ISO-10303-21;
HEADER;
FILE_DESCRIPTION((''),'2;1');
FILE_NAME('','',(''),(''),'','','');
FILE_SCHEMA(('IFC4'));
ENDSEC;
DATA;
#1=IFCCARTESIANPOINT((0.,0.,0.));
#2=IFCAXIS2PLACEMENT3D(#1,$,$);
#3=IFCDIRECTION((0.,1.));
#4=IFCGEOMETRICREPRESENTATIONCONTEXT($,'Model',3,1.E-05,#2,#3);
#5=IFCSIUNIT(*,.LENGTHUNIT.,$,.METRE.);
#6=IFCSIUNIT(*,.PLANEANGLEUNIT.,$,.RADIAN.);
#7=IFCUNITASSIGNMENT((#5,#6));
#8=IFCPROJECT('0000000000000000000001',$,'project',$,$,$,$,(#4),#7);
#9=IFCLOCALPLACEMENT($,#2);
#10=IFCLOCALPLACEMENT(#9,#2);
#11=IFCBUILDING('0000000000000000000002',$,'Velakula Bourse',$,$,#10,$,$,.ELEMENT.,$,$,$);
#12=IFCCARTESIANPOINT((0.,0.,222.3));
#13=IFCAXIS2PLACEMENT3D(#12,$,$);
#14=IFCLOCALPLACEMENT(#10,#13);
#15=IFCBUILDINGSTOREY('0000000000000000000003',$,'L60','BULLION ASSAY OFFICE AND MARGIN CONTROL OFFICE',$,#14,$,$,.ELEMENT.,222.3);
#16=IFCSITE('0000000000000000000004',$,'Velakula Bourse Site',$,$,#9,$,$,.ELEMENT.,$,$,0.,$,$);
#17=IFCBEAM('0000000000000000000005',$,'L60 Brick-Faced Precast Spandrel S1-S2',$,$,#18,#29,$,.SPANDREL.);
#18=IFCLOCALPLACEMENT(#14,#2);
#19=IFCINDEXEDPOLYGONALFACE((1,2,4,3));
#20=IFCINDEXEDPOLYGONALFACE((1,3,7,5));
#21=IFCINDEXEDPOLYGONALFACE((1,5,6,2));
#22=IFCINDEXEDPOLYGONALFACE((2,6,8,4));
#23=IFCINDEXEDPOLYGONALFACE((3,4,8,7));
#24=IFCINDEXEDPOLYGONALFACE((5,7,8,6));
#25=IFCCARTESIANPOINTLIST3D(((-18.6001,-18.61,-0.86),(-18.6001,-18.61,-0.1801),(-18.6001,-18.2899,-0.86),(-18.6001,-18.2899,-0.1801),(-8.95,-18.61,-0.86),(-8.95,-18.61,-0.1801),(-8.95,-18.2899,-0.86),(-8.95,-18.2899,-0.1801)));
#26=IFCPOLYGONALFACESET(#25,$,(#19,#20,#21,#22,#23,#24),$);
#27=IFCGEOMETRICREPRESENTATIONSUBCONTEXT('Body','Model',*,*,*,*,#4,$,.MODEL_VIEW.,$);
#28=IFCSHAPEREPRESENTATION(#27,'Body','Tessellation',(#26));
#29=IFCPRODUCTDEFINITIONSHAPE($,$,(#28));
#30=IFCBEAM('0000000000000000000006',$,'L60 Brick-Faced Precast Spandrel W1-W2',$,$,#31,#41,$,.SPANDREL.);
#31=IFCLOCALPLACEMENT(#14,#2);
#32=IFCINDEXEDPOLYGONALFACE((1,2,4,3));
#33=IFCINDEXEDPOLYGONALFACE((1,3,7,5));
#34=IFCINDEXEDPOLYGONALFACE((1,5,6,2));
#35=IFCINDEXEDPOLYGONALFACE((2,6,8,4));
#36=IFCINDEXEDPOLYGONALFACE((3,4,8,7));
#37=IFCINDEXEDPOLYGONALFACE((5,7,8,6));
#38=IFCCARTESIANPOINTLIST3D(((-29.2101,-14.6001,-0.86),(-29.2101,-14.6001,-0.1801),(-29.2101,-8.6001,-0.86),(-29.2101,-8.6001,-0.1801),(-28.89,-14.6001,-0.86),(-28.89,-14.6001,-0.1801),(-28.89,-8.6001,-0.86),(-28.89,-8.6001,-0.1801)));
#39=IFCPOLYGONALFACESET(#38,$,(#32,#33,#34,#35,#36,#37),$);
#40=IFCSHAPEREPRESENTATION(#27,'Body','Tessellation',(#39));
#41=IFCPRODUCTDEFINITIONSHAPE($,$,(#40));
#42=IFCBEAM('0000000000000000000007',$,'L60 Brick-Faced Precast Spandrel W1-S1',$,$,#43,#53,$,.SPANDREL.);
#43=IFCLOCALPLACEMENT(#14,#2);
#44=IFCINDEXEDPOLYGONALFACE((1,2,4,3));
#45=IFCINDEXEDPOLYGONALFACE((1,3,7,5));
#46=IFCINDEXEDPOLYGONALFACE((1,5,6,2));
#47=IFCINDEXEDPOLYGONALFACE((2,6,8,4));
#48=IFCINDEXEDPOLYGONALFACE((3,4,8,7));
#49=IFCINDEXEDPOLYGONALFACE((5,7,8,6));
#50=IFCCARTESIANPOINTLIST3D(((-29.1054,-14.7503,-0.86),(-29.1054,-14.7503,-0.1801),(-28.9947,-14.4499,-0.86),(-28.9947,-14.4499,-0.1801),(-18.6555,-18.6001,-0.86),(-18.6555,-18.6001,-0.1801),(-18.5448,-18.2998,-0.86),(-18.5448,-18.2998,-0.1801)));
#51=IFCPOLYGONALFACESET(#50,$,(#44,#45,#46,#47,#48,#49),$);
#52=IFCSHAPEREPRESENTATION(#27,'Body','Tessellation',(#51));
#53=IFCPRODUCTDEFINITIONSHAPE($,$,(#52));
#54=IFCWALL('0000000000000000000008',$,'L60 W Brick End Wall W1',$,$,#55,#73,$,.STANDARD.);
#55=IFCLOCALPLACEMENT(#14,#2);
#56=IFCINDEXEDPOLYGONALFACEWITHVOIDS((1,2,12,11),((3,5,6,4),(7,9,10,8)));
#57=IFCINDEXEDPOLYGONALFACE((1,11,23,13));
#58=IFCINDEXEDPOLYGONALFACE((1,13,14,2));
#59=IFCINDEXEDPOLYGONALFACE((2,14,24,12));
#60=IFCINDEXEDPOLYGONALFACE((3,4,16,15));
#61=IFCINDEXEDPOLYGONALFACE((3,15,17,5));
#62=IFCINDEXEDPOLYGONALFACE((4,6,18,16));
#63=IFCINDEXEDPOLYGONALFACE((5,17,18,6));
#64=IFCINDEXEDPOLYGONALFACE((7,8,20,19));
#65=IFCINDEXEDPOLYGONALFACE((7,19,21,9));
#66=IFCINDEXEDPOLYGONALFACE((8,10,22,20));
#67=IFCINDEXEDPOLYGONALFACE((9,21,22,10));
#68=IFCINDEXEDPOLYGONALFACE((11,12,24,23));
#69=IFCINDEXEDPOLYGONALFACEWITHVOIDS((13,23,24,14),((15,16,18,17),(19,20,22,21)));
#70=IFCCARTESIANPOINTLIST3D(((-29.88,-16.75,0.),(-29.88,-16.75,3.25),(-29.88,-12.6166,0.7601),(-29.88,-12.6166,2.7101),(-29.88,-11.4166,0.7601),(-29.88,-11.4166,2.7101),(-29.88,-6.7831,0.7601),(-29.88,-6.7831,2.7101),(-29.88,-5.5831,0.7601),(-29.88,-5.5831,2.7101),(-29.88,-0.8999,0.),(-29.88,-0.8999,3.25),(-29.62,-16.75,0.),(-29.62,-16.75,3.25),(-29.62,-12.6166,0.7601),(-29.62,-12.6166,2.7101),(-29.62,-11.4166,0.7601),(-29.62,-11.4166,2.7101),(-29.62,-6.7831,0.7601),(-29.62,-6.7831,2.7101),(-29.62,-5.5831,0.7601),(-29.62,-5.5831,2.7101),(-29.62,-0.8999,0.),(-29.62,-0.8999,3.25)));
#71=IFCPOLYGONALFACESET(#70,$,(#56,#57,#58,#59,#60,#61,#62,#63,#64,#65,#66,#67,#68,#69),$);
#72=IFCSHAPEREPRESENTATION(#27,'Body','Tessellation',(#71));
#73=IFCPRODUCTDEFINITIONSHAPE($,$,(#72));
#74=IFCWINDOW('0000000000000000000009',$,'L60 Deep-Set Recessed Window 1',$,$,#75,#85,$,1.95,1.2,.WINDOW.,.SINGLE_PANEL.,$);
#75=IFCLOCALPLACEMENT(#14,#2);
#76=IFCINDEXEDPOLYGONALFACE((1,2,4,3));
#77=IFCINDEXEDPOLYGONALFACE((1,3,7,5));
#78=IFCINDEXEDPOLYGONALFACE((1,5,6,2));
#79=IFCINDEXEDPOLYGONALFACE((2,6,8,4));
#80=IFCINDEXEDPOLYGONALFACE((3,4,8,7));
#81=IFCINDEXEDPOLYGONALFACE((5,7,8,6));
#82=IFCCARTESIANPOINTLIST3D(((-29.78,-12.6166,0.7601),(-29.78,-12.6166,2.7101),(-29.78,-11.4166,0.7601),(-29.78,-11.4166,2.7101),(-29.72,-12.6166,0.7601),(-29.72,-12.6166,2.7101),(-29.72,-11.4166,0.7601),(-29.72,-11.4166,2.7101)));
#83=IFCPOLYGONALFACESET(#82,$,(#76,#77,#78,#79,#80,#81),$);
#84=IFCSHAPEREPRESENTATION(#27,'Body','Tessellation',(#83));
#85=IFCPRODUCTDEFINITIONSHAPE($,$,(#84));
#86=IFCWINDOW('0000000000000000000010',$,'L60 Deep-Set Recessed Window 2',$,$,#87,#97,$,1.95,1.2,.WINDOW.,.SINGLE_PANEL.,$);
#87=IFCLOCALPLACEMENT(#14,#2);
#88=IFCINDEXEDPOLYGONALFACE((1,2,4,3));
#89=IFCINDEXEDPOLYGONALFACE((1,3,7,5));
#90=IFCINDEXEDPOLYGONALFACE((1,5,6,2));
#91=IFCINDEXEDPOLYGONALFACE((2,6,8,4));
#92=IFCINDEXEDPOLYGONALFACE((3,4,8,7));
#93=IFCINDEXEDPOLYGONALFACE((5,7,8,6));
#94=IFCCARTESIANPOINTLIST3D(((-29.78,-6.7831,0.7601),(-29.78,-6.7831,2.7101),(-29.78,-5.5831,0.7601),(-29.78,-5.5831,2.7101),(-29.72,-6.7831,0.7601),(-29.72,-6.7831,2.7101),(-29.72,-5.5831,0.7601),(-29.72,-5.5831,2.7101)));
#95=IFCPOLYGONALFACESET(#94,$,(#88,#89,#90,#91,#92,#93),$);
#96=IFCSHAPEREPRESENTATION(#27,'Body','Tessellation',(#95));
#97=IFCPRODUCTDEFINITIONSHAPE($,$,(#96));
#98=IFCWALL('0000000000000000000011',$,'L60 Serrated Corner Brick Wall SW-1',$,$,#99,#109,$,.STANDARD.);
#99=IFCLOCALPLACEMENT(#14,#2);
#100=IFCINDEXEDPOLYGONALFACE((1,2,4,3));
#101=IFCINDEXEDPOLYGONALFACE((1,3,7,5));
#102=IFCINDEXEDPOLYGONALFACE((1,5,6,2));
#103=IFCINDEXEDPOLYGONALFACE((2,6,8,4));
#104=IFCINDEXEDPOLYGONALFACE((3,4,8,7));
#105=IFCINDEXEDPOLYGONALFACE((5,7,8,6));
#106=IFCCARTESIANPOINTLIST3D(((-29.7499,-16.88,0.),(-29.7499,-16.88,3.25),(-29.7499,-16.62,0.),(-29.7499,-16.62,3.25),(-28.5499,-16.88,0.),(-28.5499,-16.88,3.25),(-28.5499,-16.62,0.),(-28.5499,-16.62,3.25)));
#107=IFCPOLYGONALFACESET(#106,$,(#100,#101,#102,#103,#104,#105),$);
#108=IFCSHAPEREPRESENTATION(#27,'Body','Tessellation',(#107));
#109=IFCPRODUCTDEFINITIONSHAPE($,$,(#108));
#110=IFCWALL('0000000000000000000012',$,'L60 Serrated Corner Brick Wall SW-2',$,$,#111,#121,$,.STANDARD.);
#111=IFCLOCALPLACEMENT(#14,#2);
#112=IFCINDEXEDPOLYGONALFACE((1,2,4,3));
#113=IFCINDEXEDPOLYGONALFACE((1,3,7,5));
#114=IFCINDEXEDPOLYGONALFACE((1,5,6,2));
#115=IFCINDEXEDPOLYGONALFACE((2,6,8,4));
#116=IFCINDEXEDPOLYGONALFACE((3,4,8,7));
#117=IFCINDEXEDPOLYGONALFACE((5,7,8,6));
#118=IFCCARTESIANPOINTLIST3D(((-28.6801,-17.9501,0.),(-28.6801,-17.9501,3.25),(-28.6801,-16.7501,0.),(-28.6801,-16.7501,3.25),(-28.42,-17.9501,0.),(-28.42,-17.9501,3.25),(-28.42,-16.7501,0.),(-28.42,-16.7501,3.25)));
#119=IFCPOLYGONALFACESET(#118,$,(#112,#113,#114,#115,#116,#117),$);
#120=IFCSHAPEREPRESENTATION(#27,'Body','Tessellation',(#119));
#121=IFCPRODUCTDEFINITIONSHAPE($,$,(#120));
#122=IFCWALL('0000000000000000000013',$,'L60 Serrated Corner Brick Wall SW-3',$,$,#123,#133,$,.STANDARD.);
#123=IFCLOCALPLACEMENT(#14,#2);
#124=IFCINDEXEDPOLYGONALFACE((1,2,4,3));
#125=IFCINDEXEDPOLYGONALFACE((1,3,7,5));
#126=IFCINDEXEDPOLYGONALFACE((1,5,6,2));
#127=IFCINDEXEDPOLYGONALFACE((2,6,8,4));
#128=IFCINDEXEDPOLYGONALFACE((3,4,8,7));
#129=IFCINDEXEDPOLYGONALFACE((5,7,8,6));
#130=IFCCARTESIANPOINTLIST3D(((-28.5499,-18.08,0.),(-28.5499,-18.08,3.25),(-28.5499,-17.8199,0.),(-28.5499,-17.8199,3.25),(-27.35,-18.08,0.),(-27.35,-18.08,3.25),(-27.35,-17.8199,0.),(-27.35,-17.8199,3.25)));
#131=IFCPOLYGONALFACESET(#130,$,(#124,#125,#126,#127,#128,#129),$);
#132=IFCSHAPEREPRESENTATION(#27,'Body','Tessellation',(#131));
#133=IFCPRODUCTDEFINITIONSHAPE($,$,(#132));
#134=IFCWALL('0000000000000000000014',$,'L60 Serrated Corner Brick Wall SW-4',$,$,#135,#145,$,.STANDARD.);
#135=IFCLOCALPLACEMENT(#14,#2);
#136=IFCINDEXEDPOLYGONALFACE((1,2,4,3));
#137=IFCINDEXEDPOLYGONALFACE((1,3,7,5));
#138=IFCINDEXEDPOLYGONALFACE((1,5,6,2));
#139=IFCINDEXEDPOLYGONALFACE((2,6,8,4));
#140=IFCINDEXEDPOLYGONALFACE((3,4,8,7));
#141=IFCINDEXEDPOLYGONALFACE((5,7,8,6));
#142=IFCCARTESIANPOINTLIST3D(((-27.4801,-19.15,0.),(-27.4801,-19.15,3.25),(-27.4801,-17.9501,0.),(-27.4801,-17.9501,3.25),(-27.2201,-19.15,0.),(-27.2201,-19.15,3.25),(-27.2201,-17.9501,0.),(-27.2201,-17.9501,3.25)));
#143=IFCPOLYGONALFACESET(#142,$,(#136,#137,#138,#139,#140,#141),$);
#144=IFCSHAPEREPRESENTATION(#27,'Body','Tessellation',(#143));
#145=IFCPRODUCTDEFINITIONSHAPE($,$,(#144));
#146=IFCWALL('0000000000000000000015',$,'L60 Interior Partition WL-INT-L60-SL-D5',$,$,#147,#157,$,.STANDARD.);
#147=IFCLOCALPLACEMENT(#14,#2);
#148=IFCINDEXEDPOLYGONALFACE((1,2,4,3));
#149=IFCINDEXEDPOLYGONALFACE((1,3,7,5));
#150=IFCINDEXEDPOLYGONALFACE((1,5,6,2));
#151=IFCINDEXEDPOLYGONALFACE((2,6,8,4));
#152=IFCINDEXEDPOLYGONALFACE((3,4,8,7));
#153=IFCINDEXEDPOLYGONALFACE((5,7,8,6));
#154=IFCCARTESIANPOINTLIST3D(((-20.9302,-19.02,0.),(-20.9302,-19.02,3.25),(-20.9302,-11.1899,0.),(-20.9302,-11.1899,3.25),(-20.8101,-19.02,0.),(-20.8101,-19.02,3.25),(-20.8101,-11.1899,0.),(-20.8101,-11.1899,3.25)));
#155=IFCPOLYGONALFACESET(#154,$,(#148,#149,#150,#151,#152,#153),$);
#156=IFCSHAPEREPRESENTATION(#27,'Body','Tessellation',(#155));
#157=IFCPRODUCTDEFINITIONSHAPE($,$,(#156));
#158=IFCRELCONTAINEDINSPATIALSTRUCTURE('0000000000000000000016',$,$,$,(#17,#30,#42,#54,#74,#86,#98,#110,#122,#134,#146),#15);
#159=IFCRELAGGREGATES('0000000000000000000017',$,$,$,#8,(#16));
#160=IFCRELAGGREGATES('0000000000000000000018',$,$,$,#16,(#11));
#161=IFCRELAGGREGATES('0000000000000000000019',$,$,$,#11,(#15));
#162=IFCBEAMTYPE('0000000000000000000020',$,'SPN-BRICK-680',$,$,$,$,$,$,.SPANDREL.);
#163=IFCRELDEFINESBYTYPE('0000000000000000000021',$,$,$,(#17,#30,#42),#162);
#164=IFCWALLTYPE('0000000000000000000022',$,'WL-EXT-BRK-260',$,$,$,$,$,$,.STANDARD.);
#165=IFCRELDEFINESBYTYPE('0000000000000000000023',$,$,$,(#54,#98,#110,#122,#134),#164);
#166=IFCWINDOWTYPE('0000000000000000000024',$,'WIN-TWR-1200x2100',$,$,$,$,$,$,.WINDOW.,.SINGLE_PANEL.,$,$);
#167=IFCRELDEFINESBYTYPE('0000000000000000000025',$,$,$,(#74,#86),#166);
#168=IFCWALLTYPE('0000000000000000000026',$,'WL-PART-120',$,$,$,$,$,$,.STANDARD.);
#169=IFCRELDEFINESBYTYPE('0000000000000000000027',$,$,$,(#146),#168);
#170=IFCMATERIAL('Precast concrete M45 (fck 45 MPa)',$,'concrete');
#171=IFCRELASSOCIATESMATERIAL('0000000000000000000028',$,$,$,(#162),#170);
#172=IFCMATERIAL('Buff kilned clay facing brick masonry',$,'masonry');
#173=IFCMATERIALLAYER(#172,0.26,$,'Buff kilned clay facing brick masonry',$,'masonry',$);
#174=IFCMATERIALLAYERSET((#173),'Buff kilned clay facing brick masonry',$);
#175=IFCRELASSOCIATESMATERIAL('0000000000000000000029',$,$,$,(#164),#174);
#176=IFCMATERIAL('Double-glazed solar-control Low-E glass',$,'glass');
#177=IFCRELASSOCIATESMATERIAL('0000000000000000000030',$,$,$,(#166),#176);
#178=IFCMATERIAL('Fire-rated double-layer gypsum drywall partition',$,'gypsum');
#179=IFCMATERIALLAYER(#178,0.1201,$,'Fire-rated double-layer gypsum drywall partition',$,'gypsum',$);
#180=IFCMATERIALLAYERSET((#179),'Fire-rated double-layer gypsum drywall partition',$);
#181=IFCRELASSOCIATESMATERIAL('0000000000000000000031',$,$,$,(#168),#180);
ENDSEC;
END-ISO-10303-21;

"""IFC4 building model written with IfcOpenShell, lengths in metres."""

from ifc_helpers import new_model, si_unit, direction, frame, frame_2d, origin, origin_2d, place, context, subcontext, project, spatial, rectangle, extrude, material, layer, layer_set, material_profile, profile_set, type_object, element, fill, save


model = new_model("IFC4")

# Units and contexts
model_context = context("Model", 3, precision=1e-05, world=origin(), true_north=direction((0.0, 1.0)))
body_context = subcontext(model_context, "Body", "Model", "MODEL_VIEW")
ifc_project = project(units=[si_unit("LENGTHUNIT", "METRE"), si_unit("PLANEANGLEUNIT", "RADIAN")], contexts=[model_context])

# Site, building, storey
site_placement = place(None, origin())
site = spatial("IfcSite", under=ifc_project, at=site_placement, Name="Velakula Bourse Site", CompositionType="ELEMENT", RefElevation=0.0)
building_placement = place(site_placement, origin())
building = spatial("IfcBuilding", under=site, at=building_placement, Name="Velakula Bourse", CompositionType="ELEMENT")
storey_placement = place(building_placement, frame((0.0, 0.0, 222.3)))
storey = spatial("IfcBuildingStorey", under=building, at=storey_placement, Name="L60", Description="BULLION ASSAY OFFICE AND MARGIN CONTROL OFFICE", CompositionType="ELEMENT", Elevation=222.3)

# Shared definitions
ifc_material_1 = material(Name="Precast concrete M45 (fck 45 MPa)", Category="concrete")

# Beams
ifc_material_profile_1 = material_profile(ifc_material_1, rectangle(XDim=0.3201, YDim=0.6799, at=origin_2d()), Name="Precast concrete M45 (fck 45 MPa)")
ifc_profile_set_1 = profile_set([ifc_material_profile_1], Name="Precast concrete M45 (fck 45 MPa)")
beam_type_1 = type_object("IfcBeamType", Name="SPN-BRICK-680", PredefinedType="SPANDREL", material=ifc_profile_set_1)
beam_1_placement = place(storey_placement, frame((-18.6001, -18.45, -0.52), z_axis=(1.0, 0.0, 0.0), x_axis=(0.0, 1.0, 0.0)))
element("IfcBeam", 1, at=beam_1_placement, inside=storey, type_object=beam_type_1, Name="L60 Brick-Faced Precast Spandrel S1-S2", PredefinedType="SPANDREL", context=body_context, shape_type="SweptSolid", body=[
    extrude(rectangle(XDim=0.3201, YDim=0.6799, at=origin_2d()), origin(), (0.0, 0.0, 1.0), 9.6501),
])
beam_2_placement = place(storey_placement, frame((-29.05, -14.6001, -0.52), z_axis=(0.0, 1.0, 0.0), x_axis=(-1.0, 0.0, 0.0)))
element("IfcBeam", 2, at=beam_2_placement, inside=storey, type_object=beam_type_1, Name="L60 Brick-Faced Precast Spandrel W1-W2", PredefinedType="SPANDREL", context=body_context, shape_type="SweptSolid", body=[
    extrude(rectangle(XDim=0.3201, YDim=0.6799, at=origin_2d()), origin(), (0.0, 0.0, 1.0), 6.0),
])
beam_3_placement = place(storey_placement, frame((-29.05, -14.6001, -0.52), z_axis=(0.938347, -0.345695, 0.0), x_axis=(0.345695, 0.938347, 0.0)))
element("IfcBeam", 3, at=beam_3_placement, inside=storey, type_object=beam_type_1, Name="L60 Brick-Faced Precast Spandrel W1-S1", PredefinedType="SPANDREL", context=body_context, shape_type="SweptSolid", body=[
    extrude(rectangle(XDim=0.3201, YDim=0.6799, at=origin_2d()), origin(), (0.0, 0.0, 1.0), 11.1365),
])

# Wall, openings, windows
ifc_material_2 = material(Name="Buff kilned clay facing brick masonry", Category="masonry")
ifc_layer_1 = layer(ifc_material_2, 0.26, Name="Buff kilned clay facing brick masonry", Category="masonry")
ifc_layer_set_1 = layer_set([ifc_layer_1], Name="Buff kilned clay facing brick masonry")
wall_type_1 = type_object("IfcWallType", Name="WL-EXT-BRK-260", PredefinedType="STANDARD", material=ifc_layer_set_1)
wall_1_placement = place(storey_placement, frame((-29.75, -16.75, 0.0), z_axis=(0.0, 0.0, 1.0), x_axis=(0.0, 1.0, 0.0)))
wall_1 = element("IfcWall", 4, at=wall_1_placement, inside=storey, type_object=wall_type_1, Name="L60 W Brick End Wall W1", PredefinedType="STANDARD", context=body_context, shape_type="SweptSolid", body=[
    extrude(rectangle(XDim=15.8501, YDim=0.26, at=frame_2d((7.925, 0.0))), origin(), (0.0, 0.0, 1.0), 3.25),
])
opening_1_placement = place(wall_1_placement, frame((4.1333, 0.0, 0.76)))
opening_1 = element("IfcOpeningElement", 5, at=opening_1_placement, cuts=wall_1, PredefinedType="OPENING", context=body_context, shape_type="SweptSolid", body=[
    extrude(rectangle(XDim=1.2, YDim=1.95, at=frame_2d((0.6001, 0.9751))), frame((0.0, 0.1399, 0.0), z_axis=(0.0, -1.0, 0.0), x_axis=(1.0, 0.0, 0.0)), (0.0, 0.0, 1.0), 0.28),
])
opening_2_placement = place(wall_1_placement, frame((9.9668, 0.0, 0.76)))
opening_2 = element("IfcOpeningElement", 6, at=opening_2_placement, cuts=wall_1, PredefinedType="OPENING", context=body_context, shape_type="SweptSolid", body=[
    extrude(rectangle(XDim=1.2, YDim=1.95, at=frame_2d((0.6001, 0.9751))), frame((0.0, 0.1399, 0.0), z_axis=(0.0, -1.0, 0.0), x_axis=(1.0, 0.0, 0.0)), (0.0, 0.0, 1.0), 0.28),
])
ifc_material_3 = material(Name="Double-glazed solar-control Low-E glass", Category="glass")
window_type = type_object("IfcWindowType", Name="WIN-TWR-1200x2100", PartitioningType="SINGLE_PANEL", PredefinedType="WINDOW", material=ifc_material_3)
window_1_placement = place(opening_1_placement, origin())
window_1 = element("IfcWindow", 7, at=window_1_placement, inside=storey, type_object=window_type, Name="L60 Deep-Set Recessed Window 1", OverallHeight=1.95, OverallWidth=1.2, PartitioningType="SINGLE_PANEL", PredefinedType="WINDOW", context=body_context, shape_type="SweptSolid", body=[
    extrude(rectangle(XDim=1.2, YDim=1.95, at=frame_2d((0.6001, 0.9751))), frame((0.0, 0.03, 0.0), z_axis=(0.0, -1.0, 0.0), x_axis=(1.0, 0.0, 0.0)), (0.0, 0.0, 1.0), 0.0601),
])
fill(opening_1, window_1)
window_2_placement = place(opening_2_placement, origin())
window_2 = element("IfcWindow", 8, at=window_2_placement, inside=storey, type_object=window_type, Name="L60 Deep-Set Recessed Window 2", OverallHeight=1.95, OverallWidth=1.2, PartitioningType="SINGLE_PANEL", PredefinedType="WINDOW", context=body_context, shape_type="SweptSolid", body=[
    extrude(rectangle(XDim=1.2, YDim=1.95, at=frame_2d((0.6001, 0.9751))), frame((0.0, 0.03, 0.0), z_axis=(0.0, -1.0, 0.0), x_axis=(1.0, 0.0, 0.0)), (0.0, 0.0, 1.0), 0.0601),
])
fill(opening_2, window_2)

# Walls
for number, where, z_axis, x_axis, name in (
    (9, (-29.75, -16.75, 0.0), (0.0, 0.0, 1.0), (1.0, 0.0, 0.0), "L60 Serrated Corner Brick Wall SW-1"),
    (10, (-28.55, -16.75, 0.0), (0.0, 0.0, 1.0), (0.0, -1.0, 0.0), "L60 Serrated Corner Brick Wall SW-2"),
    (11, (-28.55, -17.95, 0.0), (0.0, 0.0, 1.0), (1.0, 0.0, 0.0), "L60 Serrated Corner Brick Wall SW-3"),
    (12, (-27.3501, -17.95, 0.0), (0.0, 0.0, 1.0), (0.0, -1.0, 0.0), "L60 Serrated Corner Brick Wall SW-4"),
):
    element("IfcWall", number, at=place(storey_placement, frame(where, z_axis=z_axis, x_axis=x_axis)), inside=storey, type_object=wall_type_1, Name=name, PredefinedType="STANDARD", context=body_context, shape_type="SweptSolid", body=[
        extrude(rectangle(XDim=1.2, YDim=0.26, at=frame_2d((0.6001, 0.0))), origin(), (0.0, 0.0, 1.0), 3.25),
    ])
ifc_material_4 = material(Name="Fire-rated double-layer gypsum drywall partition", Category="gypsum")
ifc_layer_2 = layer(ifc_material_4, 0.1201, Name="Fire-rated double-layer gypsum drywall partition", Category="gypsum")
ifc_layer_set_2 = layer_set([ifc_layer_2], Name="Fire-rated double-layer gypsum drywall partition")
wall_type_2 = type_object("IfcWallType", Name="WL-PART-120", PredefinedType="STANDARD", material=ifc_layer_set_2)
wall_2_placement = place(storey_placement, frame((-20.8701, -19.02, 0.0), z_axis=(0.0, 0.0, 1.0), x_axis=(0.0, 1.0, 0.0)))
element("IfcWall", 13, at=wall_2_placement, inside=storey, type_object=wall_type_2, Name="L60 Interior Partition WL-INT-L60-SL-D5", PredefinedType="STANDARD", context=body_context, shape_type="SweptSolid", body=[
    extrude(rectangle(XDim=7.8301, YDim=0.1201, at=frame_2d((3.915, 0.0))), origin(), (0.0, 0.0, 1.0), 3.25),
])

save(model, "model.ifc")
